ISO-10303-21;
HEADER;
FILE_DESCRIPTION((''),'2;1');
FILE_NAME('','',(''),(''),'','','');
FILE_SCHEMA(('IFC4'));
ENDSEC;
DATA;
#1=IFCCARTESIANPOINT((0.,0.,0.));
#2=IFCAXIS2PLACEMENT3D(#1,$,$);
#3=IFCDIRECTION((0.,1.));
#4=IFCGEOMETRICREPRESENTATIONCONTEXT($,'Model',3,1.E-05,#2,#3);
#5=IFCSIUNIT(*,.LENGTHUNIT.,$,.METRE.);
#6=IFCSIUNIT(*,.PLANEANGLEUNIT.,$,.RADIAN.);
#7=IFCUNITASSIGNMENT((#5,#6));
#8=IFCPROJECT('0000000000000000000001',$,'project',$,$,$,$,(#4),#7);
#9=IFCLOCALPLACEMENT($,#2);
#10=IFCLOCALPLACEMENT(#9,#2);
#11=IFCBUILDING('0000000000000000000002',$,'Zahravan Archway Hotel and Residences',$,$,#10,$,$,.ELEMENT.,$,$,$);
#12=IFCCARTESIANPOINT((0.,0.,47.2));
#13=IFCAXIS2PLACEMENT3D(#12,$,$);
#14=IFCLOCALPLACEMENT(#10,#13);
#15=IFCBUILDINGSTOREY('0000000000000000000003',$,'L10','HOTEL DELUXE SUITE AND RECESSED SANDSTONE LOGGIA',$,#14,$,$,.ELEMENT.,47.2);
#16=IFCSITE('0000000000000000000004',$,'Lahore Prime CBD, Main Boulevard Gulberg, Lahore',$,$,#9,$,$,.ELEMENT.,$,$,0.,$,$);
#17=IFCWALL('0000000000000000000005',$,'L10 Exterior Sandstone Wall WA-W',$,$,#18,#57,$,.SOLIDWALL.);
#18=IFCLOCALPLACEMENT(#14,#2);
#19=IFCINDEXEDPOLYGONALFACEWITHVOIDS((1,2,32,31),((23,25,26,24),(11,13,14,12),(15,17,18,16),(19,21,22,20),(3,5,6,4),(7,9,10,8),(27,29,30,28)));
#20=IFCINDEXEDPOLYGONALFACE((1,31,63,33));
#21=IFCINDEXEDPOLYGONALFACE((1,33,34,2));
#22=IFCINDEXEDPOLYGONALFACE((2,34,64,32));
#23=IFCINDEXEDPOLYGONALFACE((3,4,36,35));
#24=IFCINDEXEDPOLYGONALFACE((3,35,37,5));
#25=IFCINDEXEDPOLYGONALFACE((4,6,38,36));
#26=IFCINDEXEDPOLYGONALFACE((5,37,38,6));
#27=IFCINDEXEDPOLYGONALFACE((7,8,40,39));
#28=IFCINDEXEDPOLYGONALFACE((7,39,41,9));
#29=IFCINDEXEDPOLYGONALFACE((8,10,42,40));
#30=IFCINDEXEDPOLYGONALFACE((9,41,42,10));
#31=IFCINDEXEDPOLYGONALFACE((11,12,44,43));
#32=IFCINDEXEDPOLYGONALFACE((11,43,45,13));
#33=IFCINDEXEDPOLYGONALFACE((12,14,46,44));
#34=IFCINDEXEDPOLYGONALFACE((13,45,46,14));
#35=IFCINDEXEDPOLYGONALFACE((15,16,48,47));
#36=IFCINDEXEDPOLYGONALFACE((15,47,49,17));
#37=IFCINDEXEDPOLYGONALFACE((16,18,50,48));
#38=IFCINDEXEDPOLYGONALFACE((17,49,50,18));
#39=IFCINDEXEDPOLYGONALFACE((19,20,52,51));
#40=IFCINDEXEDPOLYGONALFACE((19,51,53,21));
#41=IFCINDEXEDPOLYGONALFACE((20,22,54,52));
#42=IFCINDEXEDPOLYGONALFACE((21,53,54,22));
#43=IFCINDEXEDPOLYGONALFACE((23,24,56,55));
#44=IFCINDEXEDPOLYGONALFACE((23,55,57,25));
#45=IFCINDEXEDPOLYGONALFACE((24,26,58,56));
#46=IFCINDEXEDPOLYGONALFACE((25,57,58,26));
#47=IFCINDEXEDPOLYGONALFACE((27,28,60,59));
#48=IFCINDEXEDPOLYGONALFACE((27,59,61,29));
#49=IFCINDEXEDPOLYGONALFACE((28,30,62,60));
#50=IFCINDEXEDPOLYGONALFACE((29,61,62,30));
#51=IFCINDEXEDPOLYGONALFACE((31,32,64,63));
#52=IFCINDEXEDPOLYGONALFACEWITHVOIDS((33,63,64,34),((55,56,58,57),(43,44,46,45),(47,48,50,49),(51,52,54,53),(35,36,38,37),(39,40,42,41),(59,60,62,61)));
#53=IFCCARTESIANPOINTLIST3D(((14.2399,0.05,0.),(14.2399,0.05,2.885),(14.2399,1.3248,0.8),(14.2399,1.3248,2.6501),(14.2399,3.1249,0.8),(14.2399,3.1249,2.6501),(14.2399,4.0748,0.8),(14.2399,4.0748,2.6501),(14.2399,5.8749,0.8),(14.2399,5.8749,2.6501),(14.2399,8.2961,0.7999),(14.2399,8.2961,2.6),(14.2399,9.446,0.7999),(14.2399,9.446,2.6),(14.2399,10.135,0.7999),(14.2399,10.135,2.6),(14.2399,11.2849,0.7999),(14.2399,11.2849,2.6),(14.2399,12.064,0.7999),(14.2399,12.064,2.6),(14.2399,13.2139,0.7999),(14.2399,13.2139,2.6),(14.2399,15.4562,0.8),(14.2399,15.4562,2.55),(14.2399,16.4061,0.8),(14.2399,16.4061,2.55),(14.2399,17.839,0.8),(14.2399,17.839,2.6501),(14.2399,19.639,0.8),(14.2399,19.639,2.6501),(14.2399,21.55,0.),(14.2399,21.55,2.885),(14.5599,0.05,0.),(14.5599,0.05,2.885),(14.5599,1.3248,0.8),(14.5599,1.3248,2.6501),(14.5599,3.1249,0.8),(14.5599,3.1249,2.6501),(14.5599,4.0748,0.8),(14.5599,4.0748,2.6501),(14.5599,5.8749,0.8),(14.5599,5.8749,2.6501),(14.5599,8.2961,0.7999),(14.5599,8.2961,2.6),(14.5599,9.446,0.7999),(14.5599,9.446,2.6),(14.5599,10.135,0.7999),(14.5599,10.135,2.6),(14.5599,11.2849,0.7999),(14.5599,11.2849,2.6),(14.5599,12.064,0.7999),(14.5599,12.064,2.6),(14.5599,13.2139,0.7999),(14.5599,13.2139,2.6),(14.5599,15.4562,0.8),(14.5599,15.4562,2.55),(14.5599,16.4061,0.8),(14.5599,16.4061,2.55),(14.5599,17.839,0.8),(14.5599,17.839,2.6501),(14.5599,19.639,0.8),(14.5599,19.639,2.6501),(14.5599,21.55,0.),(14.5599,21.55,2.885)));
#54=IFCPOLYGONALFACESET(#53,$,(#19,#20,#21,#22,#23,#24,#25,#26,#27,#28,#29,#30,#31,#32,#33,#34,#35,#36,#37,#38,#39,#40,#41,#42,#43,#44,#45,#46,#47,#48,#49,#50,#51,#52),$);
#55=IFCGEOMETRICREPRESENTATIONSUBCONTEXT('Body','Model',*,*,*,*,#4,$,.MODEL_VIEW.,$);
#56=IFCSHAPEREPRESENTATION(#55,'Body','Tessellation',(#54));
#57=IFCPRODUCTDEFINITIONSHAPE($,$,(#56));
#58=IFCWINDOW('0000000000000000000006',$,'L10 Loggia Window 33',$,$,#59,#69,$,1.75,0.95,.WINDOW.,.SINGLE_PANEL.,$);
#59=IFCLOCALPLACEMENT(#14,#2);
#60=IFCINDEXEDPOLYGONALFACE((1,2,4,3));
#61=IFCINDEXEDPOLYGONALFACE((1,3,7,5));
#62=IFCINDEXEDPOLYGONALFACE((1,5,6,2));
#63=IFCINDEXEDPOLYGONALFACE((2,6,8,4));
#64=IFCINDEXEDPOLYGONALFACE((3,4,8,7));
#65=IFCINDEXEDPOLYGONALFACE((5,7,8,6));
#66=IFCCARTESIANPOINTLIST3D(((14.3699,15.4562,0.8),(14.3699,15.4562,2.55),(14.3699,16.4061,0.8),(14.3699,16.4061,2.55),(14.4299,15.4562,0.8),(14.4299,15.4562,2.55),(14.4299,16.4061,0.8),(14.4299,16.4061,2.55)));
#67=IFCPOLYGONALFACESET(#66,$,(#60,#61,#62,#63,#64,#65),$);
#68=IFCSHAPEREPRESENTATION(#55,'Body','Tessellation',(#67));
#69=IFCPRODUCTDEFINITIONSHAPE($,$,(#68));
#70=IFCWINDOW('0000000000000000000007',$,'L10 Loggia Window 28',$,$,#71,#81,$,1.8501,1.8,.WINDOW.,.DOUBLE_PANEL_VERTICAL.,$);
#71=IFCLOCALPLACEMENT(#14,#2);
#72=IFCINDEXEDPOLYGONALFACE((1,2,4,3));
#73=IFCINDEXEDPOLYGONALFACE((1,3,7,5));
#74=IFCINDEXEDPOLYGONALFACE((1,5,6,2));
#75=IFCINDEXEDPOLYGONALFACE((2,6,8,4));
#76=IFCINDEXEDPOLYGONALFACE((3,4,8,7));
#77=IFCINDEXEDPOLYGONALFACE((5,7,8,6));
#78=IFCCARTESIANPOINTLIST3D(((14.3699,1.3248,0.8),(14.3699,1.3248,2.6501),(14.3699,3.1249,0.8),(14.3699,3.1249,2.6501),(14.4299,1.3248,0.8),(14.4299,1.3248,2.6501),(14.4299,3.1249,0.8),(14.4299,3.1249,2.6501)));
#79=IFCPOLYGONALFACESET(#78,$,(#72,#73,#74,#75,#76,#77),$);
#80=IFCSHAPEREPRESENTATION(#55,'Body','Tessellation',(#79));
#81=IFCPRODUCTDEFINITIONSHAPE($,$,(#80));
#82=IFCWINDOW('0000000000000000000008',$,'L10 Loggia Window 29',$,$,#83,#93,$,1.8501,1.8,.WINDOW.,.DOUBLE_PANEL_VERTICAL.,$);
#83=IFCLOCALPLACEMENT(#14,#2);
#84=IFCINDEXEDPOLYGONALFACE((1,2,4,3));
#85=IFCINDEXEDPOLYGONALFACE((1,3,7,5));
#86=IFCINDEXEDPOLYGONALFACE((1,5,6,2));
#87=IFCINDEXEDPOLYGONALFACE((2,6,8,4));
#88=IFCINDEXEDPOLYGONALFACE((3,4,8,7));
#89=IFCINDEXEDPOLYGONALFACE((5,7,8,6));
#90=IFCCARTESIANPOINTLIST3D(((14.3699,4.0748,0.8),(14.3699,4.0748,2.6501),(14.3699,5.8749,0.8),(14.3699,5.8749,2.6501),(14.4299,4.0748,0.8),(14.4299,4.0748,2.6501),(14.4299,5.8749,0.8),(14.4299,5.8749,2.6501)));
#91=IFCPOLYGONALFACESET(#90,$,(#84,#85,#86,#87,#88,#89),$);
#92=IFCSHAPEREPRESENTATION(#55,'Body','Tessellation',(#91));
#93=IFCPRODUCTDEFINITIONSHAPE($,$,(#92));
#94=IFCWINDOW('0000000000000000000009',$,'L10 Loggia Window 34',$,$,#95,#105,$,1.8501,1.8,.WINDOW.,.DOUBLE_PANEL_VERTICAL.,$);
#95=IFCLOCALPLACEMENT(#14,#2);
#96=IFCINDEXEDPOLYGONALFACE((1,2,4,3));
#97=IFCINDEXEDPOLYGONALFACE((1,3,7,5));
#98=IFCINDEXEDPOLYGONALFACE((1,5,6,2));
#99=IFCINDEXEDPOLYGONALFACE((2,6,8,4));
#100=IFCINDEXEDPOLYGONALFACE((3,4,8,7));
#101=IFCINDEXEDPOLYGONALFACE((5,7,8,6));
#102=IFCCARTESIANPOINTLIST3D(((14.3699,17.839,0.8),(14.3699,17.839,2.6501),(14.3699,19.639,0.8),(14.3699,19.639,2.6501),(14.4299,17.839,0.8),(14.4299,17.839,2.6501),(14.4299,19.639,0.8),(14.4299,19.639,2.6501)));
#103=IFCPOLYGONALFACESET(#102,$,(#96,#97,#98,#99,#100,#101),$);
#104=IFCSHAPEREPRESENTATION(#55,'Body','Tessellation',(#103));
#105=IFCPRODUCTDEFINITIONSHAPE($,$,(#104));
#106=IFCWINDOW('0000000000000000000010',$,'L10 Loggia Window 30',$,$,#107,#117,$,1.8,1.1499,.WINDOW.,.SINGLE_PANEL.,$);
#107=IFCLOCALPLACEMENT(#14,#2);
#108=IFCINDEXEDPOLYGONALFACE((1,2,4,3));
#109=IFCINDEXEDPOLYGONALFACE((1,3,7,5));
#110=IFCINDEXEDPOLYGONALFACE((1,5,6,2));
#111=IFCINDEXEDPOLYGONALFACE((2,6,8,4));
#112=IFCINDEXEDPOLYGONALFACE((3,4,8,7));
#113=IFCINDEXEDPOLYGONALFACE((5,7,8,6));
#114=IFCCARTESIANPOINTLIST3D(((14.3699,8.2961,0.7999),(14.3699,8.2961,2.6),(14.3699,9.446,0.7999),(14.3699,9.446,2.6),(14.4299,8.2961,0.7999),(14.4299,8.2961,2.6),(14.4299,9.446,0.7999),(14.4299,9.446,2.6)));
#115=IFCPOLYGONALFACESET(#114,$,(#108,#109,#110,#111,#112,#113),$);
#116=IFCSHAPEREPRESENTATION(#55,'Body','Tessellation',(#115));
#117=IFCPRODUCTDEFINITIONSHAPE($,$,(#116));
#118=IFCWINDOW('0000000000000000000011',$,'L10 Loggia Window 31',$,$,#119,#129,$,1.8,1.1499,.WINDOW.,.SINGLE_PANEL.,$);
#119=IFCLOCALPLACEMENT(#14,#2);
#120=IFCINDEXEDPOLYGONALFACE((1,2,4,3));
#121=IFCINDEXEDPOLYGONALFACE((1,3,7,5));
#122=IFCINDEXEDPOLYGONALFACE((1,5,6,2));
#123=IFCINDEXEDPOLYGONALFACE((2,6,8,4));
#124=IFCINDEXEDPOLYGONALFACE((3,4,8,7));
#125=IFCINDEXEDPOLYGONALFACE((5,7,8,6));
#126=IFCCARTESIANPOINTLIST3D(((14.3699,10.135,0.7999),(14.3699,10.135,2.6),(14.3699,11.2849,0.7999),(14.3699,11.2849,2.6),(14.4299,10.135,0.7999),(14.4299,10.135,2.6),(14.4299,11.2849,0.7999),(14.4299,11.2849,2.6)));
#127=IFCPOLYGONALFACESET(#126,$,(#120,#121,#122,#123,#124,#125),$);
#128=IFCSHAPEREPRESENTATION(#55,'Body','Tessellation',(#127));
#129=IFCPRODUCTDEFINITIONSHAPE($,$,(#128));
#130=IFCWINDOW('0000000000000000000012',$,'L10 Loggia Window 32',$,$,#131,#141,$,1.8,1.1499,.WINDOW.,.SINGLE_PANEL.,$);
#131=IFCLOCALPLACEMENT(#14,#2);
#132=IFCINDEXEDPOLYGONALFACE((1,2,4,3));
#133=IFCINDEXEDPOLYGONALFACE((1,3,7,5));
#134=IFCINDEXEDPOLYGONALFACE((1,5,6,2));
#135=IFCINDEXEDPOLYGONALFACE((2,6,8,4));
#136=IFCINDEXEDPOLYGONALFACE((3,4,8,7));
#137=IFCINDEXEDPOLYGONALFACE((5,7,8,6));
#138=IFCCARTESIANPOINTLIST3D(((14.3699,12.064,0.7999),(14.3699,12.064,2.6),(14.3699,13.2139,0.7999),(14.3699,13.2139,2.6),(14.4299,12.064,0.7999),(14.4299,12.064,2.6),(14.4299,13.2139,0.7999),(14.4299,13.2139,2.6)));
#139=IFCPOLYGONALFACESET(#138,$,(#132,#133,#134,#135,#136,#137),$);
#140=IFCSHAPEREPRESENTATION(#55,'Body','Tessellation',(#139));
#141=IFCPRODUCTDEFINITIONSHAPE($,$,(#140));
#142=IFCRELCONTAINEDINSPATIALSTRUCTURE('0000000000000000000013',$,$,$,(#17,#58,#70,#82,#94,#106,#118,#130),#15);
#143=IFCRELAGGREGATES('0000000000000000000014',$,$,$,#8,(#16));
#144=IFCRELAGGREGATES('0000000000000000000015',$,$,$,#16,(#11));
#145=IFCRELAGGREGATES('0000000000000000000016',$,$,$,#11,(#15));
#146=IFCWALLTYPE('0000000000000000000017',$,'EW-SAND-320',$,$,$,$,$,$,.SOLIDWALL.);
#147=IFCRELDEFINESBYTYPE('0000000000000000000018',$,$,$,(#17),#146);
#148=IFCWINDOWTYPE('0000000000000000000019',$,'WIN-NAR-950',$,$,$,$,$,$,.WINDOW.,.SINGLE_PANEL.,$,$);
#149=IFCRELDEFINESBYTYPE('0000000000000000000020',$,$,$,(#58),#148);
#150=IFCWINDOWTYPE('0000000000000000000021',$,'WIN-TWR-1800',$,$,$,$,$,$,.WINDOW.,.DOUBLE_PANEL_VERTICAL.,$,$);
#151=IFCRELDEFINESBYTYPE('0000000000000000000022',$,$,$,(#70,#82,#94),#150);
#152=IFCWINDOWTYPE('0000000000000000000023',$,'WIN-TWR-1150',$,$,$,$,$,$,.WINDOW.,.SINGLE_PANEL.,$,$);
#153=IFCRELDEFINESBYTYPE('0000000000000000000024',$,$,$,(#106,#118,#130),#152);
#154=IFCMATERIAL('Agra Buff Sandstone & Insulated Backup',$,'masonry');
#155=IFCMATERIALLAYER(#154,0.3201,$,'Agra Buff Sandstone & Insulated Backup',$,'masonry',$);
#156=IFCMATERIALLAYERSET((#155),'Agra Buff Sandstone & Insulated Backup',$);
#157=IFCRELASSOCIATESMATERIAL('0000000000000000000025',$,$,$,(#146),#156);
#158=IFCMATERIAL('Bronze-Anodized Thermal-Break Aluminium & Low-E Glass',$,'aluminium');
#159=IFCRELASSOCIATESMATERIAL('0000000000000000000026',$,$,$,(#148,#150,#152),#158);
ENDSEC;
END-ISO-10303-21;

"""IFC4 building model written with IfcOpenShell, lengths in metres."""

from ifc_helpers import new_model, si_unit, direction, frame, frame_2d, origin, place, context, subcontext, project, spatial, rectangle, extrude, source, transform, mapped, material, layer, layer_set, type_object, type_shapes, element, fill, save


model = new_model("IFC4")

# Units and contexts
model_context = context("Model", 3, precision=1e-05, world=origin(), true_north=direction((0.0, 1.0)))
body_context = subcontext(model_context, "Body", "Model", "MODEL_VIEW")
ifc_project = project(units=[si_unit("LENGTHUNIT", "METRE"), si_unit("PLANEANGLEUNIT", "RADIAN")], contexts=[model_context])

# Site, building, storey
site_placement = place(None, origin())
site = spatial("IfcSite", under=ifc_project, at=site_placement, Name="Lahore Prime CBD, Main Boulevard Gulberg, Lahore", CompositionType="ELEMENT", RefElevation=0.0)
building_placement = place(site_placement, origin())
building = spatial("IfcBuilding", under=site, at=building_placement, Name="Zahravan Archway Hotel and Residences", CompositionType="ELEMENT")
storey_placement = place(building_placement, frame((0.0, 0.0, 47.2)))
storey = spatial("IfcBuildingStorey", under=building, at=storey_placement, Name="L10", Description="HOTEL DELUXE SUITE AND RECESSED SANDSTONE LOGGIA", CompositionType="ELEMENT", Elevation=47.2)

# Shared definitions
ifc_material_1 = material(Name="Agra Buff Sandstone & Insulated Backup", Category="masonry")
ifc_layer = layer(ifc_material_1, 0.3201, Name="Agra Buff Sandstone & Insulated Backup", Category="masonry")
ifc_layer_set = layer_set([ifc_layer], Name="Agra Buff Sandstone & Insulated Backup")
wall_type = type_object("IfcWallType", Name="EW-SAND-320", PredefinedType="SOLIDWALL", material=ifc_layer_set)
ifc_material_2 = material(Name="Bronze-Anodized Thermal-Break Aluminium & Low-E Glass", Category="aluminium")
window_type_1 = type_object("IfcWindowType", Name="WIN-NAR-950", PartitioningType="SINGLE_PANEL", PredefinedType="WINDOW", material=ifc_material_2)
shared_shape_1 = source(origin(), body_context, "Body", "SweptSolid", [
    extrude(rectangle(XDim=0.95, YDim=1.75, at=frame_2d((0.4751, 0.875))), frame((0.0, 0.03, 0.0), z_axis=(0.0, -1.0, 0.0), x_axis=(1.0, 0.0, 0.0)), (0.0, 0.0, 1.0), 0.0601),
])
type_shapes(window_type_1, [shared_shape_1])
window_type_2 = type_object("IfcWindowType", Name="WIN-TWR-1800", PartitioningType="DOUBLE_PANEL_VERTICAL", PredefinedType="WINDOW", material=ifc_material_2)
shared_shape_2 = source(origin(), body_context, "Body", "SweptSolid", [
    extrude(rectangle(XDim=1.8, YDim=1.8501, at=frame_2d((0.8999, 0.925))), frame((0.0, 0.03, 0.0), z_axis=(0.0, -1.0, 0.0), x_axis=(1.0, 0.0, 0.0)), (0.0, 0.0, 1.0), 0.0601),
])
type_shapes(window_type_2, [shared_shape_2])

# Wall, openings, windows
wall_1_placement = place(storey_placement, frame((14.3999, 0.05, 0.0), z_axis=(0.0, 0.0, 1.0), x_axis=(0.0, 1.0, 0.0)))
wall_1 = element("IfcWall", 1, at=wall_1_placement, inside=storey, type_object=wall_type, Name="L10 Exterior Sandstone Wall WA-W", PredefinedType="SOLIDWALL", context=body_context, shape_type="SweptSolid", body=[
    extrude(rectangle(XDim=21.5, YDim=0.3201, at=frame_2d((10.75, 0.0))), origin(), (0.0, 0.0, 1.0), 2.885),
])
opening_1_placement = place(wall_1_placement, frame((1.2749, 0.0, 0.8)))
opening_1 = element("IfcOpeningElement", 2, at=opening_1_placement, cuts=wall_1, PredefinedType="OPENING", context=body_context, shape_type="SweptSolid", body=[
    extrude(rectangle(XDim=1.8, YDim=1.8501, at=frame_2d((0.8999, 0.925))), frame((0.0, 0.1699, 0.0), z_axis=(0.0, -1.0, 0.0), x_axis=(1.0, 0.0, 0.0)), (0.0, 0.0, 1.0), 0.3401),
])
opening_2_placement = place(wall_1_placement, frame((4.0249, 0.0, 0.8)))
opening_2 = element("IfcOpeningElement", 3, at=opening_2_placement, cuts=wall_1, PredefinedType="OPENING", context=body_context, shape_type="SweptSolid", body=[
    extrude(rectangle(XDim=1.8, YDim=1.8501, at=frame_2d((0.8999, 0.925))), frame((0.0, 0.1699, 0.0), z_axis=(0.0, -1.0, 0.0), x_axis=(1.0, 0.0, 0.0)), (0.0, 0.0, 1.0), 0.3401),
])
opening_3_placement = place(wall_1_placement, frame((8.2461, 0.0, 0.8)))
opening_3 = element("IfcOpeningElement", 4, at=opening_3_placement, cuts=wall_1, PredefinedType="OPENING", context=body_context, shape_type="SweptSolid", body=[
    extrude(rectangle(XDim=1.1499, YDim=1.8, at=frame_2d((0.575, 0.8999))), frame((0.0, 0.1699, 0.0), z_axis=(0.0, -1.0, 0.0), x_axis=(1.0, 0.0, 0.0)), (0.0, 0.0, 1.0), 0.3401),
])
opening_4_placement = place(wall_1_placement, frame((10.085, 0.0, 0.8)))
opening_4 = element("IfcOpeningElement", 5, at=opening_4_placement, cuts=wall_1, PredefinedType="OPENING", context=body_context, shape_type="SweptSolid", body=[
    extrude(rectangle(XDim=1.1499, YDim=1.8, at=frame_2d((0.575, 0.8999))), frame((0.0, 0.1699, 0.0), z_axis=(0.0, -1.0, 0.0), x_axis=(1.0, 0.0, 0.0)), (0.0, 0.0, 1.0), 0.3401),
])
opening_5_placement = place(wall_1_placement, frame((12.0139, 0.0, 0.8)))
opening_5 = element("IfcOpeningElement", 6, at=opening_5_placement, cuts=wall_1, PredefinedType="OPENING", context=body_context, shape_type="SweptSolid", body=[
    extrude(rectangle(XDim=1.1499, YDim=1.8, at=frame_2d((0.575, 0.8999))), frame((0.0, 0.1699, 0.0), z_axis=(0.0, -1.0, 0.0), x_axis=(1.0, 0.0, 0.0)), (0.0, 0.0, 1.0), 0.3401),
])
opening_6_placement = place(wall_1_placement, frame((15.406, 0.0, 0.8)))
opening_6 = element("IfcOpeningElement", 7, at=opening_6_placement, cuts=wall_1, PredefinedType="OPENING", context=body_context, shape_type="SweptSolid", body=[
    extrude(rectangle(XDim=0.95, YDim=1.75, at=frame_2d((0.4751, 0.875))), frame((0.0, 0.1699, 0.0), z_axis=(0.0, -1.0, 0.0), x_axis=(1.0, 0.0, 0.0)), (0.0, 0.0, 1.0), 0.3401),
])
opening_7_placement = place(wall_1_placement, frame((17.7891, 0.0, 0.8)))
opening_7 = element("IfcOpeningElement", 8, at=opening_7_placement, cuts=wall_1, PredefinedType="OPENING", context=body_context, shape_type="SweptSolid", body=[
    extrude(rectangle(XDim=1.8, YDim=1.8501, at=frame_2d((0.8999, 0.925))), frame((0.0, 0.1699, 0.0), z_axis=(0.0, -1.0, 0.0), x_axis=(1.0, 0.0, 0.0)), (0.0, 0.0, 1.0), 0.3401),
])
window_1_placement = place(opening_6_placement, origin())
window_1 = element("IfcWindow", 9, at=window_1_placement, inside=storey, type_object=window_type_1, Name="L10 Loggia Window 33", OverallHeight=1.75, OverallWidth=0.95, PartitioningType="SINGLE_PANEL", PredefinedType="WINDOW", context=body_context, shape_type="MappedRepresentation", body=[
    mapped(shared_shape_1, transform((0.0, 0.0, 0.0), scale=1.0)),
])
fill(opening_6, window_1)
window_2_placement = place(opening_1_placement, origin())
window_2 = element("IfcWindow", 10, at=window_2_placement, inside=storey, type_object=window_type_2, Name="L10 Loggia Window 28", OverallHeight=1.8501, OverallWidth=1.8, PartitioningType="DOUBLE_PANEL_VERTICAL", PredefinedType="WINDOW", context=body_context, shape_type="MappedRepresentation", body=[
    mapped(shared_shape_2, transform((0.0, 0.0, 0.0), scale=1.0)),
])
fill(opening_1, window_2)
window_3_placement = place(opening_2_placement, origin())
window_3 = element("IfcWindow", 11, at=window_3_placement, inside=storey, type_object=window_type_2, Name="L10 Loggia Window 29", OverallHeight=1.8501, OverallWidth=1.8, PartitioningType="DOUBLE_PANEL_VERTICAL", PredefinedType="WINDOW", context=body_context, shape_type="MappedRepresentation", body=[
    mapped(shared_shape_2, transform((0.0, 0.0, 0.0), scale=1.0)),
])
fill(opening_2, window_3)
window_4_placement = place(opening_7_placement, origin())
window_4 = element("IfcWindow", 12, at=window_4_placement, inside=storey, type_object=window_type_2, Name="L10 Loggia Window 34", OverallHeight=1.8501, OverallWidth=1.8, PartitioningType="DOUBLE_PANEL_VERTICAL", PredefinedType="WINDOW", context=body_context, shape_type="MappedRepresentation", body=[
    mapped(shared_shape_2, transform((0.0, 0.0, 0.0), scale=1.0)),
])
fill(opening_7, window_4)
window_type_3 = type_object("IfcWindowType", Name="WIN-TWR-1150", PartitioningType="SINGLE_PANEL", PredefinedType="WINDOW", material=ifc_material_2)
shared_shape_3 = source(origin(), body_context, "Body", "SweptSolid", [
    extrude(rectangle(XDim=1.1499, YDim=1.8, at=frame_2d((0.575, 0.8999))), frame((0.0, 0.03, 0.0), z_axis=(0.0, -1.0, 0.0), x_axis=(1.0, 0.0, 0.0)), (0.0, 0.0, 1.0), 0.0601),
])
type_shapes(window_type_3, [shared_shape_3])
window_5_placement = place(opening_3_placement, origin())
window_5 = element("IfcWindow", 13, at=window_5_placement, inside=storey, type_object=window_type_3, Name="L10 Loggia Window 30", OverallHeight=1.8, OverallWidth=1.1499, PartitioningType="SINGLE_PANEL", PredefinedType="WINDOW", context=body_context, shape_type="MappedRepresentation", body=[
    mapped(shared_shape_3, transform((0.0, 0.0, 0.0), scale=1.0)),
])
fill(opening_3, window_5)
window_6_placement = place(opening_4_placement, origin())
window_6 = element("IfcWindow", 14, at=window_6_placement, inside=storey, type_object=window_type_3, Name="L10 Loggia Window 31", OverallHeight=1.8, OverallWidth=1.1499, PartitioningType="SINGLE_PANEL", PredefinedType="WINDOW", context=body_context, shape_type="MappedRepresentation", body=[
    mapped(shared_shape_3, transform((0.0, 0.0, 0.0), scale=1.0)),
])
fill(opening_4, window_6)
window_7_placement = place(opening_5_placement, origin())
window_7 = element("IfcWindow", 15, at=window_7_placement, inside=storey, type_object=window_type_3, Name="L10 Loggia Window 32", OverallHeight=1.8, OverallWidth=1.1499, PartitioningType="SINGLE_PANEL", PredefinedType="WINDOW", context=body_context, shape_type="MappedRepresentation", body=[
    mapped(shared_shape_3, transform((0.0, 0.0, 0.0), scale=1.0)),
])
fill(opening_5, window_7)

save(model, "model.ifc")
